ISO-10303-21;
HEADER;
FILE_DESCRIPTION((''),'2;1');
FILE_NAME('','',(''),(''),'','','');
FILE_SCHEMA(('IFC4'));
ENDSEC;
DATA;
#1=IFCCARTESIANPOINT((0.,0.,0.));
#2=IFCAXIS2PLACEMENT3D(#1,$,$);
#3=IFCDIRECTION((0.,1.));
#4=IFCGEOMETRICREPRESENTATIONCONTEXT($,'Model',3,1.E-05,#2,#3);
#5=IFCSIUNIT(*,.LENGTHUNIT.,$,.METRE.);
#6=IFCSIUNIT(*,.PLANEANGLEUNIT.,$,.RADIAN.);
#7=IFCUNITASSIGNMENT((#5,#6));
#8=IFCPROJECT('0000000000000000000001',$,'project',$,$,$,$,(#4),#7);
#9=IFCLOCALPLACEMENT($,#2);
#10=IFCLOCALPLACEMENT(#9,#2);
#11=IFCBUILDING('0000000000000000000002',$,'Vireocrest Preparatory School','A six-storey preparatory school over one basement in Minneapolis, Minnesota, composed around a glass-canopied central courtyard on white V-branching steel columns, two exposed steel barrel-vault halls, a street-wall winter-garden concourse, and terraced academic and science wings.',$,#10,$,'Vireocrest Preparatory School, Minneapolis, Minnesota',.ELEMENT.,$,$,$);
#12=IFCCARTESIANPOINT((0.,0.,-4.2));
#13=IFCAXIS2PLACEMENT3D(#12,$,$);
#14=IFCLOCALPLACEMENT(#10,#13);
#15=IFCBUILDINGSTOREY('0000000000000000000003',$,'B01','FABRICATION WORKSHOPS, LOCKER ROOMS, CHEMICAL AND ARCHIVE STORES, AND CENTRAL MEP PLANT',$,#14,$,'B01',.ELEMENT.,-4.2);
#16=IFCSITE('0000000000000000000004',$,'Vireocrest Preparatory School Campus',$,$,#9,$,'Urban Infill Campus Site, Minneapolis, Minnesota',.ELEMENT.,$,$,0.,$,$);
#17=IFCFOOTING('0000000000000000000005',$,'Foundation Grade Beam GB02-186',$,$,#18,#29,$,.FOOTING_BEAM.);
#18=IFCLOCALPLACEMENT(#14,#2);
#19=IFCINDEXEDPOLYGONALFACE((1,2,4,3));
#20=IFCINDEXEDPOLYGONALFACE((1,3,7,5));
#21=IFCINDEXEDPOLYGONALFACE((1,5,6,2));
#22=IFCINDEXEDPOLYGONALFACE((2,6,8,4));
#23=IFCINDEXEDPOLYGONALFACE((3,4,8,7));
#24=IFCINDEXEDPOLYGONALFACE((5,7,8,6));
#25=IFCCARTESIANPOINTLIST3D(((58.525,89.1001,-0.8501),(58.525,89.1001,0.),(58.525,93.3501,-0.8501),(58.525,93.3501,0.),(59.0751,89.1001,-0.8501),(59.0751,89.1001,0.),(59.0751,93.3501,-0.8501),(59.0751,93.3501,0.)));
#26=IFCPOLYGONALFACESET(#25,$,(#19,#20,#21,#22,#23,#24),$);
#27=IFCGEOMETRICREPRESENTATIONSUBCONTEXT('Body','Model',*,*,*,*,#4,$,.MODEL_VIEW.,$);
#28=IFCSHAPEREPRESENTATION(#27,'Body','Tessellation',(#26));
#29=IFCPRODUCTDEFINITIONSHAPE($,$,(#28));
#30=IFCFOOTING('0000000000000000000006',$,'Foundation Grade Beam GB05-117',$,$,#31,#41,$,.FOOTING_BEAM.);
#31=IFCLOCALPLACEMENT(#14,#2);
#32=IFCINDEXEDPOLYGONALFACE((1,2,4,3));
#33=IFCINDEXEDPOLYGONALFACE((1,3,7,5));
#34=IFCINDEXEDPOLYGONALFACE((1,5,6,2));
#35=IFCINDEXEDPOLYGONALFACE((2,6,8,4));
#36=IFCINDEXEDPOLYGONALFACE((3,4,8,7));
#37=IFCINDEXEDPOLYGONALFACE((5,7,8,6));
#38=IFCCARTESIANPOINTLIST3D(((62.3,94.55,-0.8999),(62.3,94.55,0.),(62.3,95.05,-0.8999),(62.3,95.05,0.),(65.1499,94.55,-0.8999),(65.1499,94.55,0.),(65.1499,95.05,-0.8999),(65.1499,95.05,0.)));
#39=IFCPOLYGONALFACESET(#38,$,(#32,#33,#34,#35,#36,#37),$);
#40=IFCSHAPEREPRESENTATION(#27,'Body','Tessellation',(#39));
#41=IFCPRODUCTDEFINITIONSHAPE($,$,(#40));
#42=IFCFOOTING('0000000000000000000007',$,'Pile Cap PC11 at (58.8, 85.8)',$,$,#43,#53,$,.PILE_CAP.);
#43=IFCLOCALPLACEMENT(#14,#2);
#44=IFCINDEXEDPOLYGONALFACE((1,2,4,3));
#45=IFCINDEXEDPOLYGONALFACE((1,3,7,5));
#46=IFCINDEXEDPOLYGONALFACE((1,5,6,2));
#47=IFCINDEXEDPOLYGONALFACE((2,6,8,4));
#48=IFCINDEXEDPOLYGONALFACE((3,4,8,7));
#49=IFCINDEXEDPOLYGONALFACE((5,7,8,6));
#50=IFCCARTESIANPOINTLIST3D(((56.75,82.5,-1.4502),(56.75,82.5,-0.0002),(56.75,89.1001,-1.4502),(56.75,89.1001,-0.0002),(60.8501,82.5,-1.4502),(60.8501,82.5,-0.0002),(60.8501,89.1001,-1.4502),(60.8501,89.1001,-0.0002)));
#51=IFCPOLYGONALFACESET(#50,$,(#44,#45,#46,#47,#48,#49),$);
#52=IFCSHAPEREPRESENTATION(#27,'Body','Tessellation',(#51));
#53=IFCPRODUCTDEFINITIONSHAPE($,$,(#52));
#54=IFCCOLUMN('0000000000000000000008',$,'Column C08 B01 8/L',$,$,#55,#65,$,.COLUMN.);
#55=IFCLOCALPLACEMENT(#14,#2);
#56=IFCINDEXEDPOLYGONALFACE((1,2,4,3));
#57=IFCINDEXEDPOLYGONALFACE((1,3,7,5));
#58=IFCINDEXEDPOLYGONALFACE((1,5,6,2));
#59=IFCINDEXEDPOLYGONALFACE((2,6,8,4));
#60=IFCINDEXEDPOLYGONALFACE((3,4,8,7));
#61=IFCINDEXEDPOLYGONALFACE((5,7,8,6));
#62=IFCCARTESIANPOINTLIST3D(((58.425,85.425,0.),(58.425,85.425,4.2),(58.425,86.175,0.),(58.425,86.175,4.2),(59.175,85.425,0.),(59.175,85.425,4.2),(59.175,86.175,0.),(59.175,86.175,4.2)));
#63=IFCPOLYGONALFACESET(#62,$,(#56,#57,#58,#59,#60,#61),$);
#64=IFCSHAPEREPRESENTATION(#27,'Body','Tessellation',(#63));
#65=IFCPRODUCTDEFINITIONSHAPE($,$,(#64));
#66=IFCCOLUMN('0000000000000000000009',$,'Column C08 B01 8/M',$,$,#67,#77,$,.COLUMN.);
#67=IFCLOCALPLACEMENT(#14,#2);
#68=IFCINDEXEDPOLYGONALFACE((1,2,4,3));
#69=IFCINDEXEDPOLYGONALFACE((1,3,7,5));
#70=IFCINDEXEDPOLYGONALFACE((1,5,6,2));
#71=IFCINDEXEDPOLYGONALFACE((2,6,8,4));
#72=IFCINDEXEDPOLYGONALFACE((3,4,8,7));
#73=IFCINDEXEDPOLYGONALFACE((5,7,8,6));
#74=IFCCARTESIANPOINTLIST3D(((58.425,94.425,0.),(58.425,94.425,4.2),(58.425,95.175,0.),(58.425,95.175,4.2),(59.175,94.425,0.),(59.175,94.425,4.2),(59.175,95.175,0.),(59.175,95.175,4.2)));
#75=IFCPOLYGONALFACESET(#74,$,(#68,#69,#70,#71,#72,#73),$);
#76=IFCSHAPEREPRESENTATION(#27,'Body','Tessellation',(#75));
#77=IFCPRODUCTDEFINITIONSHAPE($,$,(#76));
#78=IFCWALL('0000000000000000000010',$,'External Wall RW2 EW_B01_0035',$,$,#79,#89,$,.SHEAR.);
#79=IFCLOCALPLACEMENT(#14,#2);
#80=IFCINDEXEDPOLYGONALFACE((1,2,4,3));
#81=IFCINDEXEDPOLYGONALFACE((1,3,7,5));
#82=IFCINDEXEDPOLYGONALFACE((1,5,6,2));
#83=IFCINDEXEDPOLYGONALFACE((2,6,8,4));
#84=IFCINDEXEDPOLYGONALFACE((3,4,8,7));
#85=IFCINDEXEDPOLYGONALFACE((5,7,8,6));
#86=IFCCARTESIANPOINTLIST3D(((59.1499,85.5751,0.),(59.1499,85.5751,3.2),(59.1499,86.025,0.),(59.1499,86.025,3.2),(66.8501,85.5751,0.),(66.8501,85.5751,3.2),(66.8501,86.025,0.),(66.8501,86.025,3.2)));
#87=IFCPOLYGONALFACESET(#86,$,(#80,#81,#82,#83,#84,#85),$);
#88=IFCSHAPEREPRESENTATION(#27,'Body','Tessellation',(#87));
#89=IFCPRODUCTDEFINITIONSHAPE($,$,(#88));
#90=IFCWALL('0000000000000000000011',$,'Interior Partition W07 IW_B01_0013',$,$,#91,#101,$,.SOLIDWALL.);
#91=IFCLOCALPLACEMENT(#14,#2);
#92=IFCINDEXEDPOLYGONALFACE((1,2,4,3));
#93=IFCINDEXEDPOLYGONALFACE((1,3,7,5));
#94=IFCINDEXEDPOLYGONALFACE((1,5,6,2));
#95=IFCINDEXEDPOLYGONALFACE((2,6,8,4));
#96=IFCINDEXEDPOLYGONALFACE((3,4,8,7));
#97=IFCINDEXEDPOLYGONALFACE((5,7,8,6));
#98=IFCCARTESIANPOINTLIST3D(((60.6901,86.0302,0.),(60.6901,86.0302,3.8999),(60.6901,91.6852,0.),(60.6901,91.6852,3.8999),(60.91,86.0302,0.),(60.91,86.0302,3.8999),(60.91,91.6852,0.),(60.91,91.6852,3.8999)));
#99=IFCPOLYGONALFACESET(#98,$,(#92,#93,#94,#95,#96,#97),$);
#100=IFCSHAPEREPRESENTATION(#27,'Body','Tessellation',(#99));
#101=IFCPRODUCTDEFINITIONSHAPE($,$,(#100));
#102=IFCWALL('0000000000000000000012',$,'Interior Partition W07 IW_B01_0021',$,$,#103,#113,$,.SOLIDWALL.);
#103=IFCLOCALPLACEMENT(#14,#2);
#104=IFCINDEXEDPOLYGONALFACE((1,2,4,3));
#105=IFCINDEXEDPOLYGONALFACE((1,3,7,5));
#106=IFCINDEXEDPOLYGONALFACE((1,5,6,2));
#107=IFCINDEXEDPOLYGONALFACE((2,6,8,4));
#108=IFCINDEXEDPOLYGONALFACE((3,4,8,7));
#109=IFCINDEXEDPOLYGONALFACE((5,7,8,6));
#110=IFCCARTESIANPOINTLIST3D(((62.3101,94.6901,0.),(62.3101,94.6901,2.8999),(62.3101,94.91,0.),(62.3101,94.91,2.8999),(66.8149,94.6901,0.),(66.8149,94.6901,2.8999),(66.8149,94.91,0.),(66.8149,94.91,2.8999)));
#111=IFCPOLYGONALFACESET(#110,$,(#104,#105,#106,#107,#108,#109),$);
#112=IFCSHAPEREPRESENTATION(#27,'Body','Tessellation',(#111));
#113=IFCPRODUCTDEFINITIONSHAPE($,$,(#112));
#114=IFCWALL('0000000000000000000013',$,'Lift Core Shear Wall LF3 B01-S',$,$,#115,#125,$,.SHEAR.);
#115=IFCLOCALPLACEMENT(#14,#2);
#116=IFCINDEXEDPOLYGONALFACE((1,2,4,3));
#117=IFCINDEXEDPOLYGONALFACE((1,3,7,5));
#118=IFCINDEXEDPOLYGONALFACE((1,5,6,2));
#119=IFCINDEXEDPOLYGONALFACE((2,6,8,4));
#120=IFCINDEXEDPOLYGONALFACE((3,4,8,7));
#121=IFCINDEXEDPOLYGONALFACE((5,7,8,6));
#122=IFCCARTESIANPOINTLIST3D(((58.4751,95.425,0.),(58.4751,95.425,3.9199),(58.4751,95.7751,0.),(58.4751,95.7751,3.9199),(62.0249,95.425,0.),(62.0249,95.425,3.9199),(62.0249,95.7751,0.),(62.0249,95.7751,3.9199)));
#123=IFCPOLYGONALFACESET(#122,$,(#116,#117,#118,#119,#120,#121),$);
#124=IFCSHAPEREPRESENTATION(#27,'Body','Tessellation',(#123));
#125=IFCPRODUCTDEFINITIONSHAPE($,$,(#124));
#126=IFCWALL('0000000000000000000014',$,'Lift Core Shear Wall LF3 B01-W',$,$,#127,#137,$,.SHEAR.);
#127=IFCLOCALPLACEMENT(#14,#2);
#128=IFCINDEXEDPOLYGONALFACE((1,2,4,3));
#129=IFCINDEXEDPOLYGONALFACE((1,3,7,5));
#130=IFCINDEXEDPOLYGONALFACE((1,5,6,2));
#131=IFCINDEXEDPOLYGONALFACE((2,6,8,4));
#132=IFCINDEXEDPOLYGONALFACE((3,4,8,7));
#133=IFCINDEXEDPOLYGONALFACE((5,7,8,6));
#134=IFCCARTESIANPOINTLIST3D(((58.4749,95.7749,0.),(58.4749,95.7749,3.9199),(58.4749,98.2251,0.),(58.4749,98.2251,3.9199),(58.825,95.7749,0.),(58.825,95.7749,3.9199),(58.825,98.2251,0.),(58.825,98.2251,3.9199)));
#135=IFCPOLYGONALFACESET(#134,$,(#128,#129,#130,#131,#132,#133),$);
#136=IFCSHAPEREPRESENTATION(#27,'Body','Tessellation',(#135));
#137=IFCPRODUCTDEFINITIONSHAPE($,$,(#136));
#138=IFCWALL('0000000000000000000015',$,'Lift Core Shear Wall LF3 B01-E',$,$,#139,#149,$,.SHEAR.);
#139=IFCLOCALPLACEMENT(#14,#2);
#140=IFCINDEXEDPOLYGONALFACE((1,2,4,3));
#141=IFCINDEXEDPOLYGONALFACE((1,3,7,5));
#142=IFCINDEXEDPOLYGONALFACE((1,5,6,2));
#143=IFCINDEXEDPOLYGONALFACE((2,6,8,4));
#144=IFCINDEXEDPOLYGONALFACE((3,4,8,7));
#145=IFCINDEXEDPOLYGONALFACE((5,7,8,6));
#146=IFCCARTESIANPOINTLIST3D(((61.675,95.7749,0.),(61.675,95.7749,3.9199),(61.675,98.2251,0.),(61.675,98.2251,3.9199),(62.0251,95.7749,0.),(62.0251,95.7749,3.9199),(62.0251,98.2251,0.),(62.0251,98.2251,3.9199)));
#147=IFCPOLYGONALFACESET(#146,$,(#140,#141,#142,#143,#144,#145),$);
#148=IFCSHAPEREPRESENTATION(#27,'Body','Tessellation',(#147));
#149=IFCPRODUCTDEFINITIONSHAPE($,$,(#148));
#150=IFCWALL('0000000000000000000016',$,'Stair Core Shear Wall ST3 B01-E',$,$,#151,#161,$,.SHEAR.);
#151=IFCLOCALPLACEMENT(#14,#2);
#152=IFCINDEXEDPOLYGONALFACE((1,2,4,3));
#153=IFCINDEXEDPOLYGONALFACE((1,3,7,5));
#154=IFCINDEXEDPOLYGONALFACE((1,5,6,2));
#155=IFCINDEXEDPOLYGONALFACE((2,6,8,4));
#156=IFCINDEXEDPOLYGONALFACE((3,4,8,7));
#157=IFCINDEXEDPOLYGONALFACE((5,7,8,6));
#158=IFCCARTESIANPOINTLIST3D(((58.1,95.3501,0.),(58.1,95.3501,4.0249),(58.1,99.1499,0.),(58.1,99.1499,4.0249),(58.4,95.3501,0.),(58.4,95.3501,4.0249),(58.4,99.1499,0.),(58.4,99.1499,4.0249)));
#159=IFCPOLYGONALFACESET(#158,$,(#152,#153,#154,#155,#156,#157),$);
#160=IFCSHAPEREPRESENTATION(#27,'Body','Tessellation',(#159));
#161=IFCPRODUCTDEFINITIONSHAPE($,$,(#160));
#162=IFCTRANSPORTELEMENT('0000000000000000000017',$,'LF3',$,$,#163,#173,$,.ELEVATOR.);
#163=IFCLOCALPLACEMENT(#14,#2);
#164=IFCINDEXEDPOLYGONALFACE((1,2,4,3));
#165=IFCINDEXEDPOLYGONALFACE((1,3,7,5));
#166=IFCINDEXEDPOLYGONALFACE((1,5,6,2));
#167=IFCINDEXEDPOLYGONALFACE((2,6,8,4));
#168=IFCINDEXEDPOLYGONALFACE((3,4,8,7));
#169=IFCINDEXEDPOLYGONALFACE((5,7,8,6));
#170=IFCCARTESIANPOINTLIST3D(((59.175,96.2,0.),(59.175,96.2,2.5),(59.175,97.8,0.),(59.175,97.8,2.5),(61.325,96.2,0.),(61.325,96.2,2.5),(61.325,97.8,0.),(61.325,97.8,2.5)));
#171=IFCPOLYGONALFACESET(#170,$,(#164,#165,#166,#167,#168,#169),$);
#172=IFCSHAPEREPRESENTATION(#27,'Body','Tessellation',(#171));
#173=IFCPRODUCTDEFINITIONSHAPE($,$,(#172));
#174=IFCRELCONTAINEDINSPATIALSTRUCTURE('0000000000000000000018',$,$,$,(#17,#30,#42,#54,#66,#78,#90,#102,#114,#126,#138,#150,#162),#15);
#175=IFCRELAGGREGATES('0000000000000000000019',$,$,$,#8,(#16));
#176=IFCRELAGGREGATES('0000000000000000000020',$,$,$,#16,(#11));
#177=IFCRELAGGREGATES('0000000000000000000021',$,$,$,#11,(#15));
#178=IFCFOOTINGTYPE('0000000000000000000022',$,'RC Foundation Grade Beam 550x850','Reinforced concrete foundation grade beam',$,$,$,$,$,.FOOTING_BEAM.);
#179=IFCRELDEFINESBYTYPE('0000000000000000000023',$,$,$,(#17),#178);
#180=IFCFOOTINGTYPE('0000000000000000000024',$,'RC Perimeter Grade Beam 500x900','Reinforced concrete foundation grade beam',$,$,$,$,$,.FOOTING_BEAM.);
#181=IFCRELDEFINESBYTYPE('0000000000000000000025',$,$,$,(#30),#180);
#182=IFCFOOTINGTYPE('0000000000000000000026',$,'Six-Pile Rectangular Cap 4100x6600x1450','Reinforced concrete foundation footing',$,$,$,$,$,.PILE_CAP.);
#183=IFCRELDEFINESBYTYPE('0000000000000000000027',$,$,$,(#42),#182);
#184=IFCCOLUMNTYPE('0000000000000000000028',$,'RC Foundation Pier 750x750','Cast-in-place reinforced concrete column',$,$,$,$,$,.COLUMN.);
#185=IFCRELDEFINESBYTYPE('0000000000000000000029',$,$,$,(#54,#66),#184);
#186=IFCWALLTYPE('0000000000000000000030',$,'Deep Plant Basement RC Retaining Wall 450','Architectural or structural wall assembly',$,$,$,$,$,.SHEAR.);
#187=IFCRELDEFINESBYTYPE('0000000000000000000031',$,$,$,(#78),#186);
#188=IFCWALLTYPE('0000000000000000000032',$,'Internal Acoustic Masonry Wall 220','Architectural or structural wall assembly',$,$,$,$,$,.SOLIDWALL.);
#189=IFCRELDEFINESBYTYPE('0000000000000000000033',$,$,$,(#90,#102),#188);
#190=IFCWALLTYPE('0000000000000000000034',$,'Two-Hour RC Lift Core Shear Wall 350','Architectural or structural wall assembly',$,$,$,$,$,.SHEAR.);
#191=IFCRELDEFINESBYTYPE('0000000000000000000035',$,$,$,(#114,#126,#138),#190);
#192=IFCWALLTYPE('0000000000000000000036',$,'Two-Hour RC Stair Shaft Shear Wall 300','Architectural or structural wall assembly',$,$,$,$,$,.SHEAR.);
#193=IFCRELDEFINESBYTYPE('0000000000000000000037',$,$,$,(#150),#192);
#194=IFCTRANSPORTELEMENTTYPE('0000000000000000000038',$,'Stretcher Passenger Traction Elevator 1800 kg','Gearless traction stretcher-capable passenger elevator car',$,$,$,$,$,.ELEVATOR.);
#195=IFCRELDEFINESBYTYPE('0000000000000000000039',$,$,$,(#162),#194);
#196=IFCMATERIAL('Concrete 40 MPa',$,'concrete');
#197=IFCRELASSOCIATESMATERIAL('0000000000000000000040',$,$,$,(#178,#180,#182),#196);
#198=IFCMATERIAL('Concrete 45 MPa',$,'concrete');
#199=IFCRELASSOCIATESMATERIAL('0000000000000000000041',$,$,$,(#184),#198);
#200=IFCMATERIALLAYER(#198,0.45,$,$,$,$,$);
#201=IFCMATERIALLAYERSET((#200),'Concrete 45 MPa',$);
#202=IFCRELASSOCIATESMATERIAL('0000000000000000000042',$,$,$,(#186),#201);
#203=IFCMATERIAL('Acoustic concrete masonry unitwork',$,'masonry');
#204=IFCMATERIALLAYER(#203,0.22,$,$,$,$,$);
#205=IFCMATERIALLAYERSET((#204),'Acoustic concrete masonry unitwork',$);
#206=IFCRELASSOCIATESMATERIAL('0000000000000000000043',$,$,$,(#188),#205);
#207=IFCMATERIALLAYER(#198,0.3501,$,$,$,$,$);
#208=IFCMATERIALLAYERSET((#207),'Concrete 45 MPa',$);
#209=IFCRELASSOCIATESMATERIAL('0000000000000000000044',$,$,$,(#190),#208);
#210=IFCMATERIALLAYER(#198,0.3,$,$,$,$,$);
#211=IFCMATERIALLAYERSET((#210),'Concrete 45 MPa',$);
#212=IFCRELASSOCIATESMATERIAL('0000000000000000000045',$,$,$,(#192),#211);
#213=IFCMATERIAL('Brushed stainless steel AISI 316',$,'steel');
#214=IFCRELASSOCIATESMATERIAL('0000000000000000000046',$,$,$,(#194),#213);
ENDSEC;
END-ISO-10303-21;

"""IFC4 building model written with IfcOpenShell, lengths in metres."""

from ifc_helpers import new_model, si_unit, direction, frame, frame_2d, origin, origin_2d, place, context, subcontext, project, spatial, rectangle, extrude, material, layer, layer_set, material_profile, profile_set, type_object, element, save


model = new_model("IFC4")

# Units and contexts
model_context = context("Model", 3, precision=1e-05, world=origin(), true_north=direction((0.0, 1.0)))
body_context = subcontext(model_context, "Body", "Model", "MODEL_VIEW")
ifc_project = project(units=[si_unit("LENGTHUNIT", "METRE"), si_unit("PLANEANGLEUNIT", "RADIAN")], contexts=[model_context])

# Site, building, storey
site_placement = place(None, origin())
site = spatial("IfcSite", under=ifc_project, at=site_placement, Name="Vireocrest Preparatory School Campus", LongName="Urban Infill Campus Site, Minneapolis, Minnesota", CompositionType="ELEMENT", RefElevation=0.0)
building_placement = place(site_placement, origin())
building = spatial("IfcBuilding", under=site, at=building_placement, Name="Vireocrest Preparatory School", Description="A six-storey preparatory school over one basement in Minneapolis, Minnesota, composed around a glass-canopied central courtyard on white V-branching steel columns, two exposed steel barrel-vault halls, a street-wall winter-garden concourse, and terraced academic and science wings.", LongName="Vireocrest Preparatory School, Minneapolis, Minnesota", CompositionType="ELEMENT")
storey_placement = place(building_placement, frame((0.0, 0.0, -4.2)))
storey = spatial("IfcBuildingStorey", under=building, at=storey_placement, Name="B01", Description="FABRICATION WORKSHOPS, LOCKER ROOMS, CHEMICAL AND ARCHIVE STORES, AND CENTRAL MEP PLANT", LongName="B01", CompositionType="ELEMENT", Elevation=-4.2)

# Shared definitions
ifc_material_1 = material(Name="Concrete 40 MPa", Category="concrete")

# Footings
ifc_material_profile_1 = material_profile(ifc_material_1, rectangle(XDim=0.55, YDim=0.8501, at=origin_2d()), Name="GB 550x850")
ifc_profile_set_1 = profile_set([ifc_material_profile_1], Name="Concrete 40 MPa")
footing_type_1 = type_object("IfcFootingType", Name="RC Foundation Grade Beam 550x850", Description="Reinforced concrete foundation grade beam", PredefinedType="FOOTING_BEAM", material=ifc_profile_set_1)
footing_1_placement = place(storey_placement, frame((58.8, 89.1001, -0.425), z_axis=(0.0, 1.0, 0.0), x_axis=(-1.0, 0.0, 0.0)))
element("IfcFooting", 1, at=footing_1_placement, inside=storey, type_object=footing_type_1, Name="Foundation Grade Beam GB02-186", PredefinedType="FOOTING_BEAM", context=body_context, shape_type="SweptSolid", body=[
    extrude(rectangle(XDim=0.55, YDim=0.8501, at=origin_2d()), origin(), (0.0, 0.0, 1.0), 4.25),
])
ifc_material_profile_2 = material_profile(ifc_material_1, rectangle(XDim=0.5, YDim=0.8999, at=origin_2d()), Name="GB 500x900")
ifc_profile_set_2 = profile_set([ifc_material_profile_2], Name="Concrete 40 MPa")
footing_type_2 = type_object("IfcFootingType", Name="RC Perimeter Grade Beam 500x900", Description="Reinforced concrete foundation grade beam", PredefinedType="FOOTING_BEAM", material=ifc_profile_set_2)
footing_2_placement = place(storey_placement, frame((62.3, 94.8, -0.45), z_axis=(1.0, 0.0, 0.0), x_axis=(0.0, 1.0, 0.0)))
element("IfcFooting", 2, at=footing_2_placement, inside=storey, type_object=footing_type_2, Name="Foundation Grade Beam GB05-117", PredefinedType="FOOTING_BEAM", context=body_context, shape_type="SweptSolid", body=[
    extrude(rectangle(XDim=0.5, YDim=0.8999, at=origin_2d()), origin(), (0.0, 0.0, 1.0), 2.8499),
])
footing_type_3 = type_object("IfcFootingType", Name="Six-Pile Rectangular Cap 4100x6600x1450", Description="Reinforced concrete foundation footing", PredefinedType="PILE_CAP", material=ifc_material_1)
footing_3_placement = place(storey_placement, frame((58.8, 85.8, -1.4502), z_axis=(0.0, 0.0, 1.0), x_axis=(1.0, 0.0, 0.0)))
element("IfcFooting", 3, at=footing_3_placement, inside=storey, type_object=footing_type_3, Name="Pile Cap PC11 at (58.8, 85.8)", PredefinedType="PILE_CAP", context=body_context, shape_type="SweptSolid", body=[
    extrude(rectangle(XDim=4.1001, YDim=6.6001, at=origin_2d()), origin(), (0.0, 0.0, 1.0), 1.45),
])

# Columns
ifc_material_2 = material(Name="Concrete 45 MPa", Category="concrete")
ifc_material_profile_3 = material_profile(ifc_material_2, rectangle(XDim=0.75, YDim=0.75, at=origin_2d()), Name="RC 750x750")
ifc_profile_set_3 = profile_set([ifc_material_profile_3], Name="Concrete 45 MPa")
column_type = type_object("IfcColumnType", Name="RC Foundation Pier 750x750", Description="Cast-in-place reinforced concrete column", PredefinedType="COLUMN", material=ifc_profile_set_3)
for number, where, z_axis, x_axis, name in (
    (4, (58.8, 85.8, 0.0), (0.0, 0.0, 1.0), (1.0, 0.0, 0.0), "Column C08 B01 8/L"),
    (5, (58.8, 94.8, 0.0), (0.0, 0.0, 1.0), (1.0, 0.0, 0.0), "Column C08 B01 8/M"),
):
    element("IfcColumn", number, at=place(storey_placement, frame(where, z_axis=z_axis, x_axis=x_axis)), inside=storey, type_object=column_type, Name=name, PredefinedType="COLUMN", context=body_context, shape_type="SweptSolid", body=[
        extrude(rectangle(XDim=0.75, YDim=0.75, at=origin_2d()), origin(), (0.0, 0.0, 1.0), 4.2),
    ])

# Walls
ifc_layer_1 = layer(ifc_material_2, 0.45)
ifc_layer_set_1 = layer_set([ifc_layer_1], Name="Concrete 45 MPa")
wall_type_1 = type_object("IfcWallType", Name="Deep Plant Basement RC Retaining Wall 450", Description="Architectural or structural wall assembly", PredefinedType="SHEAR", material=ifc_layer_set_1)
wall_1_placement = place(storey_placement, frame((59.1499, 85.8, 0.0), z_axis=(0.0, 0.0, 1.0), x_axis=(1.0, 0.0, 0.0)))
element("IfcWall", 6, at=wall_1_placement, inside=storey, type_object=wall_type_1, Name="External Wall RW2 EW_B01_0035", PredefinedType="SHEAR", context=body_context, shape_type="SweptSolid", body=[
    extrude(rectangle(XDim=7.7002, YDim=0.45, at=frame_2d((3.8501, 0.0))), origin(), (0.0, 0.0, 1.0), 3.2),
])
ifc_material_3 = material(Name="Acoustic concrete masonry unitwork", Category="masonry")
ifc_layer_2 = layer(ifc_material_3, 0.22)
ifc_layer_set_2 = layer_set([ifc_layer_2], Name="Acoustic concrete masonry unitwork")
wall_type_2 = type_object("IfcWallType", Name="Internal Acoustic Masonry Wall 220", Description="Architectural or structural wall assembly", PredefinedType="SOLIDWALL", material=ifc_layer_set_2)
wall_2_placement = place(storey_placement, frame((60.8, 86.03, 0.0), z_axis=(0.0, 0.0, 1.0), x_axis=(0.0, 1.0, 0.0)))
element("IfcWall", 7, at=wall_2_placement, inside=storey, type_object=wall_type_2, Name="Interior Partition W07 IW_B01_0013", PredefinedType="SOLIDWALL", context=body_context, shape_type="SweptSolid", body=[
    extrude(rectangle(XDim=5.655, YDim=0.22, at=frame_2d((2.8276, 0.0))), origin(), (0.0, 0.0, 1.0), 3.8999),
])
wall_3_placement = place(storey_placement, frame((62.3101, 94.8, 0.0), z_axis=(0.0, 0.0, 1.0), x_axis=(1.0, 0.0, 0.0)))
element("IfcWall", 8, at=wall_3_placement, inside=storey, type_object=wall_type_2, Name="Interior Partition W07 IW_B01_0021", PredefinedType="SOLIDWALL", context=body_context, shape_type="SweptSolid", body=[
    extrude(rectangle(XDim=4.5049, YDim=0.22, at=frame_2d((2.2524, 0.0))), origin(), (0.0, 0.0, 1.0), 2.8999),
])
ifc_layer_3 = layer(ifc_material_2, 0.3501)
ifc_layer_set_3 = layer_set([ifc_layer_3], Name="Concrete 45 MPa")
wall_type_3 = type_object("IfcWallType", Name="Two-Hour RC Lift Core Shear Wall 350", Description="Architectural or structural wall assembly", PredefinedType="SHEAR", material=ifc_layer_set_3)
wall_4_placement = place(storey_placement, frame((58.4751, 95.6001, 0.0), z_axis=(0.0, 0.0, 1.0), x_axis=(1.0, 0.0, 0.0)))
element("IfcWall", 9, at=wall_4_placement, inside=storey, type_object=wall_type_3, Name="Lift Core Shear Wall LF3 B01-S", PredefinedType="SHEAR", context=body_context, shape_type="SweptSolid", body=[
    extrude(rectangle(XDim=3.5498, YDim=0.3501, at=frame_2d((1.7749, 0.0))), origin(), (0.0, 0.0, 1.0), 3.9199),
])
for number, where, z_axis, x_axis, name in (
    (10, (58.6499, 95.7749, 0.0), (0.0, 0.0, 1.0), (0.0, 1.0, 0.0), "Lift Core Shear Wall LF3 B01-W"),
    (11, (61.8501, 95.7749, 0.0), (0.0, 0.0, 1.0), (0.0, 1.0, 0.0), "Lift Core Shear Wall LF3 B01-E"),
):
    element("IfcWall", number, at=place(storey_placement, frame(where, z_axis=z_axis, x_axis=x_axis)), inside=storey, type_object=wall_type_3, Name=name, PredefinedType="SHEAR", context=body_context, shape_type="SweptSolid", body=[
        extrude(rectangle(XDim=2.4502, YDim=0.3501, at=frame_2d((1.2251, 0.0))), origin(), (0.0, 0.0, 1.0), 3.9199),
    ])
ifc_layer_4 = layer(ifc_material_2, 0.3)
ifc_layer_set_4 = layer_set([ifc_layer_4], Name="Concrete 45 MPa")
wall_type_4 = type_object("IfcWallType", Name="Two-Hour RC Stair Shaft Shear Wall 300", Description="Architectural or structural wall assembly", PredefinedType="SHEAR", material=ifc_layer_set_4)
wall_5_placement = place(storey_placement, frame((58.25, 95.3501, 0.0), z_axis=(0.0, 0.0, 1.0), x_axis=(0.0, 1.0, 0.0)))
element("IfcWall", 12, at=wall_5_placement, inside=storey, type_object=wall_type_4, Name="Stair Core Shear Wall ST3 B01-E", PredefinedType="SHEAR", context=body_context, shape_type="SweptSolid", body=[
    extrude(rectangle(XDim=3.7998, YDim=0.3, at=frame_2d((1.8999, 0.0))), origin(), (0.0, 0.0, 1.0), 4.0249),
])

# Transport element
ifc_material_4 = material(Name="Brushed stainless steel AISI 316", Category="steel")
transport_element_type = type_object("IfcTransportElementType", Name="Stretcher Passenger Traction Elevator 1800 kg", Description="Gearless traction stretcher-capable passenger elevator car", PredefinedType="ELEVATOR", material=ifc_material_4)
transport_element_placement = place(storey_placement, frame((60.25, 97.0, 0.0), z_axis=(0.0, 0.0, 1.0), x_axis=(1.0, 0.0, 0.0)))
element("IfcTransportElement", 13, at=transport_element_placement, inside=storey, type_object=transport_element_type, Name="LF3", PredefinedType="ELEVATOR", context=body_context, shape_type="SweptSolid", body=[
    extrude(rectangle(XDim=2.1499, YDim=1.6001, at=origin_2d()), origin(), (0.0, 0.0, 1.0), 2.5),
])

save(model, "model.ifc")
